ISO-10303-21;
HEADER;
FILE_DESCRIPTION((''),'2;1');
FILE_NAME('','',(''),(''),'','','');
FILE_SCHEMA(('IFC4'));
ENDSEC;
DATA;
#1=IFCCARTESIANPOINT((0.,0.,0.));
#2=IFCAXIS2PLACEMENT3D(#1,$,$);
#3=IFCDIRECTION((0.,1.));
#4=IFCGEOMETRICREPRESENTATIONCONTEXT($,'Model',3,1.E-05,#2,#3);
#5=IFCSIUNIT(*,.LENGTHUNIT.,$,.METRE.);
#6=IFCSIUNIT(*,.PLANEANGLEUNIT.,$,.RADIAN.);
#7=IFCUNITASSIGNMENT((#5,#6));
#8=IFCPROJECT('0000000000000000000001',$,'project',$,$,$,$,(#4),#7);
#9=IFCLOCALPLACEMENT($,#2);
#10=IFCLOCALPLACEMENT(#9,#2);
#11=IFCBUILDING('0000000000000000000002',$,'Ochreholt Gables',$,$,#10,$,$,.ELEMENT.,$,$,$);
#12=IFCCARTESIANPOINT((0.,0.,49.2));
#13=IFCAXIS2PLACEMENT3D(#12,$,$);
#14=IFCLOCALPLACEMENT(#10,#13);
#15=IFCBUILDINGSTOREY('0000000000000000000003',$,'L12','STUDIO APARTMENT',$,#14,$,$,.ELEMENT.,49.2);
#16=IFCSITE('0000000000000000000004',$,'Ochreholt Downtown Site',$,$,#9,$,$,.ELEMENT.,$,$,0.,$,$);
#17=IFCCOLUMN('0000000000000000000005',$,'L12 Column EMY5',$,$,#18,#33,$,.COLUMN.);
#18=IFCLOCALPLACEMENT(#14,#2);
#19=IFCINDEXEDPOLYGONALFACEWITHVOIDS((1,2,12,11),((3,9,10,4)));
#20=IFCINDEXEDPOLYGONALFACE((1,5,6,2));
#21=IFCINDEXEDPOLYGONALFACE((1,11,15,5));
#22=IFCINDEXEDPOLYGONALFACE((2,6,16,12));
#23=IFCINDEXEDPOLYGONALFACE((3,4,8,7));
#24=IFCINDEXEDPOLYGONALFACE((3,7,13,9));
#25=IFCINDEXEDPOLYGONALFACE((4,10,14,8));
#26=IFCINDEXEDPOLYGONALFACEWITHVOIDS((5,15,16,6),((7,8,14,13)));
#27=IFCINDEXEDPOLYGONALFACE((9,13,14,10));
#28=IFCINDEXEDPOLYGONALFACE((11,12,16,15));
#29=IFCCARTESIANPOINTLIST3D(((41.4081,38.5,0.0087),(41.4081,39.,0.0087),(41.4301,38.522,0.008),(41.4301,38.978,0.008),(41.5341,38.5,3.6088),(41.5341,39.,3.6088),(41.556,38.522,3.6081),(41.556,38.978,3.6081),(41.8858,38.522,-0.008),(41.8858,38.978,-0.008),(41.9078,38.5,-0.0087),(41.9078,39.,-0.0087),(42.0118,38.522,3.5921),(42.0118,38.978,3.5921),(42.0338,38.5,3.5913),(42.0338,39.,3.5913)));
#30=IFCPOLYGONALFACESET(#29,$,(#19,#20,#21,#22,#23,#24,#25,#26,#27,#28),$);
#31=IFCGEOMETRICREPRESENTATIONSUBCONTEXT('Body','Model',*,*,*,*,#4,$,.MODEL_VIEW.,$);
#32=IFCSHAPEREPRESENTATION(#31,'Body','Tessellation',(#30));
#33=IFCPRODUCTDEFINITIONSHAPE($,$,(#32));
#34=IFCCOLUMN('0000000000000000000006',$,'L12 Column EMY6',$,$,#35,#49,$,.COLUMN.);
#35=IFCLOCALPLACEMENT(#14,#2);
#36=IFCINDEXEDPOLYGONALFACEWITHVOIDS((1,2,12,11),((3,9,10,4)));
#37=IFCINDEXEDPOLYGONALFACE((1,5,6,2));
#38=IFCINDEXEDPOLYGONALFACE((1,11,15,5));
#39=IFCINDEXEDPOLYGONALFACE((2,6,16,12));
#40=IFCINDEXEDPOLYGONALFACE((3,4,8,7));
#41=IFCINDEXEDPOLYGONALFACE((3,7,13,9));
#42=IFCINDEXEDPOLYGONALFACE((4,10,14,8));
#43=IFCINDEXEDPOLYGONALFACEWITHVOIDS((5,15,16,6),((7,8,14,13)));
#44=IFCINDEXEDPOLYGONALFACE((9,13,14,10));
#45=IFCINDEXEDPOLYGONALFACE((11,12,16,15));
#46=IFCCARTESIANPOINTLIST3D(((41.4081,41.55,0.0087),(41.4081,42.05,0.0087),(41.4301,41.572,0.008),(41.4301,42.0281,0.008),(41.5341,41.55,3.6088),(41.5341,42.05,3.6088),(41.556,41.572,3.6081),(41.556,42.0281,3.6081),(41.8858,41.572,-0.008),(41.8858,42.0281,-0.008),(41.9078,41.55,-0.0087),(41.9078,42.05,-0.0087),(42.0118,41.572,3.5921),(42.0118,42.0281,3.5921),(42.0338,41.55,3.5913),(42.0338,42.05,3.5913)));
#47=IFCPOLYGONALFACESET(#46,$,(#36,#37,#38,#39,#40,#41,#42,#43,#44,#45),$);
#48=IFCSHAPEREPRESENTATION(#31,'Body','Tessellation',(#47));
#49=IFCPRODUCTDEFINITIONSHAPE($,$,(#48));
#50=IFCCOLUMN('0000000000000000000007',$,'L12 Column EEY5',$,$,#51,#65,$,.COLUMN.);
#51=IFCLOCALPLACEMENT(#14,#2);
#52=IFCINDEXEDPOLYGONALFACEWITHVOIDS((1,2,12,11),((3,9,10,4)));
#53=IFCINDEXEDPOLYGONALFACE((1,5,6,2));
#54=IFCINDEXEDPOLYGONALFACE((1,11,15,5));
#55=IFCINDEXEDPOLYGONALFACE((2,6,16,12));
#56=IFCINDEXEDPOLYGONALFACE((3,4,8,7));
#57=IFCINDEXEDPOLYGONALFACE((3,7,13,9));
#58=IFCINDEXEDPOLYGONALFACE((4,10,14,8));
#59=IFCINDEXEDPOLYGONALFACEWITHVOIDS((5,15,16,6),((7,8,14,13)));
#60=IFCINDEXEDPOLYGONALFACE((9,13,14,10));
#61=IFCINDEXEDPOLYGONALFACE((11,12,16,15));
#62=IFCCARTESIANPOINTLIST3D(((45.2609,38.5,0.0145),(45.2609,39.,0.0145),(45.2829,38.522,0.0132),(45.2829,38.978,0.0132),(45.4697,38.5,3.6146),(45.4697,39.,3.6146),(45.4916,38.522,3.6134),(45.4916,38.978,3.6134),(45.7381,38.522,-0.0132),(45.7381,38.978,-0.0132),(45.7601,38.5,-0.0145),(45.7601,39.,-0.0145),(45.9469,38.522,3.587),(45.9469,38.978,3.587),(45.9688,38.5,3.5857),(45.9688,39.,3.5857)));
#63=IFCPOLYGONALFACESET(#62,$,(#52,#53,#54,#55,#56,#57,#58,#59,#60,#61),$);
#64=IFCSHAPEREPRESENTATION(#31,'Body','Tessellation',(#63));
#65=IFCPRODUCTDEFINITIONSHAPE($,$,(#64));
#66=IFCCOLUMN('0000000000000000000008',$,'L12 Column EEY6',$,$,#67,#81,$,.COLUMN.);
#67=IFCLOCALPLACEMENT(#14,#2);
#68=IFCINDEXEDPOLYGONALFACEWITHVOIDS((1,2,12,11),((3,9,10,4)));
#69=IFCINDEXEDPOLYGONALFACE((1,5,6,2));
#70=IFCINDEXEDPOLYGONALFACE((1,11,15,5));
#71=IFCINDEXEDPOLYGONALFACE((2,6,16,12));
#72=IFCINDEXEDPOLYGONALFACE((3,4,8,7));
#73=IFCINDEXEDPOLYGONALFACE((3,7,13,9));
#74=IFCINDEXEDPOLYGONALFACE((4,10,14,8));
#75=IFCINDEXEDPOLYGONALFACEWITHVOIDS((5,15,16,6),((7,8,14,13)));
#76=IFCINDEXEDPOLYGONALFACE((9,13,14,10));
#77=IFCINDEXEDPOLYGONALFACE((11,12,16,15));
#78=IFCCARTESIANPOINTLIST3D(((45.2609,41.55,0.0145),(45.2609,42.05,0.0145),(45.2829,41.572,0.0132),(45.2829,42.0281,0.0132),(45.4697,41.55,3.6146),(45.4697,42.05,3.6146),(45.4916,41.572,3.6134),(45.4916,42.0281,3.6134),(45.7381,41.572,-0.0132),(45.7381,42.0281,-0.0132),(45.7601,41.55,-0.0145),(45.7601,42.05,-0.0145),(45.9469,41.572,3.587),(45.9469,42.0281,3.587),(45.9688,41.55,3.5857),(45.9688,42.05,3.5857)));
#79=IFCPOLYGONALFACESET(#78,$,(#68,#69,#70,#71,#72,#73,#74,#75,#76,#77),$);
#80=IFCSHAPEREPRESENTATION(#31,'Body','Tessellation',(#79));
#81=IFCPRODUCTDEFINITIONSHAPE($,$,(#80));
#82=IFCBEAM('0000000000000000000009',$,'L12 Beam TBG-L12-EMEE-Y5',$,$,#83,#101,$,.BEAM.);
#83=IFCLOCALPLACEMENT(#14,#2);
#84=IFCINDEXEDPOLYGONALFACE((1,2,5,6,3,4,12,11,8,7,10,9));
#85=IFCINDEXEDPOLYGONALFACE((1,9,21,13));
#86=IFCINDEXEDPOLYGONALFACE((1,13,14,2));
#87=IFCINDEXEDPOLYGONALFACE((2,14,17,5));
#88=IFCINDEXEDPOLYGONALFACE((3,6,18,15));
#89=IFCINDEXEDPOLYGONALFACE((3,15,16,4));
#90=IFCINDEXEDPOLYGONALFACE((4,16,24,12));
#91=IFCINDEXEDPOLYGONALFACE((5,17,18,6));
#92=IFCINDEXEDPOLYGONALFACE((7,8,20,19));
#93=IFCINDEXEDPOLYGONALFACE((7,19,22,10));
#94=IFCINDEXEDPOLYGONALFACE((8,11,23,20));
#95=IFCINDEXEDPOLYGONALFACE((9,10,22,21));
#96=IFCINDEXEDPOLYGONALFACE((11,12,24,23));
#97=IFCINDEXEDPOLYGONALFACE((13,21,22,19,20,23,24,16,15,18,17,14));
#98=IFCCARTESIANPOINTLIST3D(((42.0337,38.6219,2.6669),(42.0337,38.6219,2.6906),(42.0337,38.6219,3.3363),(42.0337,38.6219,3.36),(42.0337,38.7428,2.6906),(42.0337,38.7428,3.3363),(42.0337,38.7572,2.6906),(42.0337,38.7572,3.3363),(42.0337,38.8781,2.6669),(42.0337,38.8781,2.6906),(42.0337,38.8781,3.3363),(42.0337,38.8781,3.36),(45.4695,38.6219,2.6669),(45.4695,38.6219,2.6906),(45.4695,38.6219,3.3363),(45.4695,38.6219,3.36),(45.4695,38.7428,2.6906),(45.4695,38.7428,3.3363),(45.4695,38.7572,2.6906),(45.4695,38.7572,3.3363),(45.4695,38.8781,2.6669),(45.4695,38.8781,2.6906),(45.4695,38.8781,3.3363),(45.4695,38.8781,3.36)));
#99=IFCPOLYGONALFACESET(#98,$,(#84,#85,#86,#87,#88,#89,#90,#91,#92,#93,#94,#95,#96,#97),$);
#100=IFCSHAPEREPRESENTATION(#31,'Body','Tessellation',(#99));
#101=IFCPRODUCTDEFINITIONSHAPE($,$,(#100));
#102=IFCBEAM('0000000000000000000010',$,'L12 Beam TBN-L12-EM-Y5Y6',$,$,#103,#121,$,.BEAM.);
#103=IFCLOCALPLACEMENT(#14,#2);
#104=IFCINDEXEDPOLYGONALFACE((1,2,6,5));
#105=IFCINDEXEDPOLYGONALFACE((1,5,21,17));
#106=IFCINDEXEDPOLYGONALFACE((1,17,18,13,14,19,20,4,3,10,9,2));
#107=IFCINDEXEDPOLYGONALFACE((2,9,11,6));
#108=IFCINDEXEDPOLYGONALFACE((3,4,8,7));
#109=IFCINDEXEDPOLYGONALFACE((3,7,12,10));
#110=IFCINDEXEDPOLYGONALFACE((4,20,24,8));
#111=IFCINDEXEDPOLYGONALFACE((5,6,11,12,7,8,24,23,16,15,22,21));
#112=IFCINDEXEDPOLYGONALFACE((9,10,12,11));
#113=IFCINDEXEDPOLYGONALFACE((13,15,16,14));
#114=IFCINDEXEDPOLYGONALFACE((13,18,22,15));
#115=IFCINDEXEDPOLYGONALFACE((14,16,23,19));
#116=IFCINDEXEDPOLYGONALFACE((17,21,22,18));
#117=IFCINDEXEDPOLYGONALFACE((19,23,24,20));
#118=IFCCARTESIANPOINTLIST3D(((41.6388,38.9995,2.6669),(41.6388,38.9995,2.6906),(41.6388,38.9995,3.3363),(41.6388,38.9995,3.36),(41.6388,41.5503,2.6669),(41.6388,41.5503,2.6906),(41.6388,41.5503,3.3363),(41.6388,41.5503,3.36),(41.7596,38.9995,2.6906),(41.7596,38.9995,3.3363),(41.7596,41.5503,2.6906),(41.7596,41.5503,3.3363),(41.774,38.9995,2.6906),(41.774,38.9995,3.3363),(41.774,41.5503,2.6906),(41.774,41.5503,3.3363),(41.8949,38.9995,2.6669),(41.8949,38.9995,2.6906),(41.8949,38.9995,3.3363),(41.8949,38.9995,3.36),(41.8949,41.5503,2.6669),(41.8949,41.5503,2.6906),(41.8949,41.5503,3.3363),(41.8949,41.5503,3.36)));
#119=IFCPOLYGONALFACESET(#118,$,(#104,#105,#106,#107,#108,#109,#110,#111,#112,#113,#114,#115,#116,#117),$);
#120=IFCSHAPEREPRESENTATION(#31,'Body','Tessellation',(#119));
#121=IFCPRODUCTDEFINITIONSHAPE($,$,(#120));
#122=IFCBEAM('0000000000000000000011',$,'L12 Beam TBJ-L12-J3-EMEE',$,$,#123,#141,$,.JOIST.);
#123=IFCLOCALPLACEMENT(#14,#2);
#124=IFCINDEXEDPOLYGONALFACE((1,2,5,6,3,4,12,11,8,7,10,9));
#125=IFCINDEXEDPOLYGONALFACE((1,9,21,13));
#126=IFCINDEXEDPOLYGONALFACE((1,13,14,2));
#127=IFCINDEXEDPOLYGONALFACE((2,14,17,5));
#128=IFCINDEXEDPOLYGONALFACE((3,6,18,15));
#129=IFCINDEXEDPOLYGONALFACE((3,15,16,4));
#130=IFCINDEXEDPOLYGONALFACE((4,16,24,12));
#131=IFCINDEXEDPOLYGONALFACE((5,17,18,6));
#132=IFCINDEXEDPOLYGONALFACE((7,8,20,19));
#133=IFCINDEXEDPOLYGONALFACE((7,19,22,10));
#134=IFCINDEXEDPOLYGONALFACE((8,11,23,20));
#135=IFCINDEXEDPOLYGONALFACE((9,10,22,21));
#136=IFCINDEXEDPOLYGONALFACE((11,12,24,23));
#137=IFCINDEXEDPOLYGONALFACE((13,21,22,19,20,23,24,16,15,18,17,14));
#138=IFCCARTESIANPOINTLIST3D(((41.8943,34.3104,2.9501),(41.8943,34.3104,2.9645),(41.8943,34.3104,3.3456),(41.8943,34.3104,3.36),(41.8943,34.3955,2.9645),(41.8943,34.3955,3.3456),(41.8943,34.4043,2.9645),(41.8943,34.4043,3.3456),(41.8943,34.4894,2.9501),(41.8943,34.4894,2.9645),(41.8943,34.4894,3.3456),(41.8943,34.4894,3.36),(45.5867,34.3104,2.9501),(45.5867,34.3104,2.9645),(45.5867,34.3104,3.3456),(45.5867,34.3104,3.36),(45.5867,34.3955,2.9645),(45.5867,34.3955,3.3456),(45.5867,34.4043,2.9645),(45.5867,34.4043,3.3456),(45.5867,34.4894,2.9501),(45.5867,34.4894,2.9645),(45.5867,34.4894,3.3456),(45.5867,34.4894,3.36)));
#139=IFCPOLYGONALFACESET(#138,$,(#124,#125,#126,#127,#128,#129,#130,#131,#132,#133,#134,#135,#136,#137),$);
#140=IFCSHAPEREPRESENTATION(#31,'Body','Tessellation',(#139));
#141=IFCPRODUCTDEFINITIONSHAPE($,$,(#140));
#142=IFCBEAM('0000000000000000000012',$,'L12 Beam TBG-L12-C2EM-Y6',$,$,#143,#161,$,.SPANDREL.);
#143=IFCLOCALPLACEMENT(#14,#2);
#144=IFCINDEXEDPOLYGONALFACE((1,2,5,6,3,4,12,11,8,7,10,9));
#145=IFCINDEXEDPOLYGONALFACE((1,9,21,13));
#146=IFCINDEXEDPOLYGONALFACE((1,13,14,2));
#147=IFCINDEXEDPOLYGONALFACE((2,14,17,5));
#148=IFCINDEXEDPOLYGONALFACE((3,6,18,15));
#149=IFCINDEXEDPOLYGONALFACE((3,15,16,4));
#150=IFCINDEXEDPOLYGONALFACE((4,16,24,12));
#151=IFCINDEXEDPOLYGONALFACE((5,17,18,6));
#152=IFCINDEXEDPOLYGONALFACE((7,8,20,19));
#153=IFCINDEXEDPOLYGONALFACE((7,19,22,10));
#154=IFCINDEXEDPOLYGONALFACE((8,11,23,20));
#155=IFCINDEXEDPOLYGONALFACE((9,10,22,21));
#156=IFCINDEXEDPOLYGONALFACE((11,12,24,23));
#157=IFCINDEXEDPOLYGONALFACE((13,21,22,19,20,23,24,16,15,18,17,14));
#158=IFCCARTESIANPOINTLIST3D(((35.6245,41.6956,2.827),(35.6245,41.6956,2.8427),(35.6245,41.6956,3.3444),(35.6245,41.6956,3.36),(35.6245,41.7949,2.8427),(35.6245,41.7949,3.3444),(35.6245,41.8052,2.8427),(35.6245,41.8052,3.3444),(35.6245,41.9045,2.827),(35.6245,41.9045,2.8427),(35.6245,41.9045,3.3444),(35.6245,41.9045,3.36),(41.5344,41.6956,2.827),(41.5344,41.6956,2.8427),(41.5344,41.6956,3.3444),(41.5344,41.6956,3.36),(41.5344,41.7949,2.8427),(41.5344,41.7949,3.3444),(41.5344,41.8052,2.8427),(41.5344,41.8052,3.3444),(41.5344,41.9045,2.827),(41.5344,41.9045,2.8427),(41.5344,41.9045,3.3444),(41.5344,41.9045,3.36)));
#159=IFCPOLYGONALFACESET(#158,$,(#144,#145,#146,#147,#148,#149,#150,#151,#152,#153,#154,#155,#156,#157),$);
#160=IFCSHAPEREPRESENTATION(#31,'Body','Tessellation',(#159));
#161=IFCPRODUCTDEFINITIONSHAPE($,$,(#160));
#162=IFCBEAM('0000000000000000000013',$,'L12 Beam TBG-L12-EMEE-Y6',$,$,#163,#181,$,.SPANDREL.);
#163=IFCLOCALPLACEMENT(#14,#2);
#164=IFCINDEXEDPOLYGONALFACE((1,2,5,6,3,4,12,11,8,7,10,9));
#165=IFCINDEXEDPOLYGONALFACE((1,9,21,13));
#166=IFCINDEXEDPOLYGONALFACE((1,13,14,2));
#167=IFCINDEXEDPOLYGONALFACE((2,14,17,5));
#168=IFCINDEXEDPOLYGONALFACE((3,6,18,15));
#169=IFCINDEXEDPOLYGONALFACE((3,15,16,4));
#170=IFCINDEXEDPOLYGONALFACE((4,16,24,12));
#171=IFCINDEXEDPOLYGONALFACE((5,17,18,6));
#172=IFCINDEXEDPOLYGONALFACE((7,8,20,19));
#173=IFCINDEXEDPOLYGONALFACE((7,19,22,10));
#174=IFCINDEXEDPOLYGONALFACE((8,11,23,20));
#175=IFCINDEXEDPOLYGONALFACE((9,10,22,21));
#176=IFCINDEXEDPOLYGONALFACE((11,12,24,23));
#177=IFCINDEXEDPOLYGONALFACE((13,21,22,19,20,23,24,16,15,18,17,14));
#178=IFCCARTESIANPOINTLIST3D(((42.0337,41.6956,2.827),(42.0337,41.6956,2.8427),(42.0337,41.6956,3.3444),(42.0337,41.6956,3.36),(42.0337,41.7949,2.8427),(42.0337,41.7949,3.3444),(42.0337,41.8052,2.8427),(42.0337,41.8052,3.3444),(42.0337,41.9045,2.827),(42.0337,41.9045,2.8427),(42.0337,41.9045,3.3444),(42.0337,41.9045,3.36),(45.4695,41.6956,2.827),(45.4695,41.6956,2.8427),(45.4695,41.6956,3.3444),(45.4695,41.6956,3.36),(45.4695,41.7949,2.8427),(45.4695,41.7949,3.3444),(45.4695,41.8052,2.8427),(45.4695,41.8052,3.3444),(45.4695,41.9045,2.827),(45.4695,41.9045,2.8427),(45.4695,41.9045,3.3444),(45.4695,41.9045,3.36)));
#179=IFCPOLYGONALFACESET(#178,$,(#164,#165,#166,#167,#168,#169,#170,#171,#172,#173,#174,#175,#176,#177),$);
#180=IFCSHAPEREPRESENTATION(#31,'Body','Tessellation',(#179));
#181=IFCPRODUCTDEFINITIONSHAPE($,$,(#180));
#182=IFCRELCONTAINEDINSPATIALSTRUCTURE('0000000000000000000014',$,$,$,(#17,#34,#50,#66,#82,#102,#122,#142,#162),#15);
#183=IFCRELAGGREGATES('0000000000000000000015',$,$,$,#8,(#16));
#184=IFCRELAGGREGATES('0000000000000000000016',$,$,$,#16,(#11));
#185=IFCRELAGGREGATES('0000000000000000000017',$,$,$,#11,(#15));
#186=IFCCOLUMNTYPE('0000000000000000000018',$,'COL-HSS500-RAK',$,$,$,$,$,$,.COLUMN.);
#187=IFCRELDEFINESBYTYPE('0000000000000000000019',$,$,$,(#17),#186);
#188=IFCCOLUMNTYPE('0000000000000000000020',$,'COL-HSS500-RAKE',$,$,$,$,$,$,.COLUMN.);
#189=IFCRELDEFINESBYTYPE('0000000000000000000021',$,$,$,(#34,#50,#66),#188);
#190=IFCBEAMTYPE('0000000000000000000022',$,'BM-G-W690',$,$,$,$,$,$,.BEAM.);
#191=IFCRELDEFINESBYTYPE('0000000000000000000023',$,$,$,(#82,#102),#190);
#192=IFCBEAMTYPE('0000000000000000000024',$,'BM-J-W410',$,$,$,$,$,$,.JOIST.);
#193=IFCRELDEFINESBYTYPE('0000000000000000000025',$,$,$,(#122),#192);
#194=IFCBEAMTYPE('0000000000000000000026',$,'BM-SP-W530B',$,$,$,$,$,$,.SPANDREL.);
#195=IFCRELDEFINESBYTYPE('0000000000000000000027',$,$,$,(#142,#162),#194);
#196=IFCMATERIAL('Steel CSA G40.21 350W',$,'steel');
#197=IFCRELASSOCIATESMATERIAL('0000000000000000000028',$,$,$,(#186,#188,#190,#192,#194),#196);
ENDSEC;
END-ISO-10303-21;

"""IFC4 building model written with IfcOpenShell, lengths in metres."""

from ifc_helpers import new_model, si_unit, direction, frame, origin, origin_2d, place, context, subcontext, project, spatial, hollow_rectangle, i_section, extrude, material, material_profile, profile_set, type_object, element, save


model = new_model("IFC4")

# Units and contexts
model_context = context("Model", 3, precision=1e-05, world=origin(), true_north=direction((0.0, 1.0)))
body_context = subcontext(model_context, "Body", "Model", "MODEL_VIEW")
ifc_project = project(units=[si_unit("LENGTHUNIT", "METRE"), si_unit("PLANEANGLEUNIT", "RADIAN")], contexts=[model_context])

# Site, building, storey
site_placement = place(None, origin())
site = spatial("IfcSite", under=ifc_project, at=site_placement, Name="Ochreholt Downtown Site", CompositionType="ELEMENT", RefElevation=0.0)
building_placement = place(site_placement, origin())
building = spatial("IfcBuilding", under=site, at=building_placement, Name="Ochreholt Gables", CompositionType="ELEMENT")
storey_placement = place(building_placement, frame((0.0, 0.0, 49.2)))
storey = spatial("IfcBuildingStorey", under=building, at=storey_placement, Name="L12", Description="STUDIO APARTMENT", CompositionType="ELEMENT", Elevation=49.2)

# Columns
ifc_material_1 = material(Name="Steel CSA G40.21 350W", Category="steel")
ifc_material_profile_1 = material_profile(ifc_material_1, hollow_rectangle(XDim=0.5, YDim=0.5, WallThickness=0.022, at=origin_2d()), Name="HSS500X500X22")
ifc_profile_set_1 = profile_set([ifc_material_profile_1], Name="Steel CSA G40.21 350W")
column_type_1 = type_object("IfcColumnType", Name="COL-HSS500-RAK", PredefinedType="COLUMN", material=ifc_profile_set_1)
column_1_placement = place(storey_placement, frame((41.658, 38.75, 0.0), z_axis=(0.034971, 0.0, 0.999388), x_axis=(0.0, 1.0, 0.0)))
element("IfcColumn", 1, at=column_1_placement, inside=storey, type_object=column_type_1, Name="L12 Column EMY5", PredefinedType="COLUMN", context=body_context, shape_type="SweptSolid", body=[
    extrude(hollow_rectangle(XDim=0.5, YDim=0.5, WallThickness=0.022, at=origin_2d()), origin(), (0.0, 0.0, 1.0), 3.6023),
])
ifc_material_profile_2 = material_profile(ifc_material_1, hollow_rectangle(XDim=0.5, YDim=0.5, WallThickness=0.022, at=origin_2d()), Name="HSS500X500X22")
ifc_profile_set_2 = profile_set([ifc_material_profile_2], Name="Steel CSA G40.21 350W")
column_type_2 = type_object("IfcColumnType", Name="COL-HSS500-RAKE", PredefinedType="COLUMN", material=ifc_profile_set_2)
column_2_placement = place(storey_placement, frame((41.658, 41.8, 0.0), z_axis=(0.034971, 0.0, 0.999388), x_axis=(0.0, 1.0, 0.0)))
element("IfcColumn", 2, at=column_2_placement, inside=storey, type_object=column_type_2, Name="L12 Column EMY6", PredefinedType="COLUMN", context=body_context, shape_type="SweptSolid", body=[
    extrude(hollow_rectangle(XDim=0.5, YDim=0.5, WallThickness=0.022, at=origin_2d()), origin(), (0.0, 0.0, 1.0), 3.6023),
])
for number, where, z_axis, x_axis, name in (
    (3, (45.5105, 38.75, 0.0), (0.057885, 0.0, 0.998323), (0.0, 1.0, 0.0), "L12 Column EEY5"),
    (4, (45.5105, 41.8, 0.0), (0.057885, 0.0, 0.998323), (0.0, 1.0, 0.0), "L12 Column EEY6"),
):
    element("IfcColumn", number, at=place(storey_placement, frame(where, z_axis=z_axis, x_axis=x_axis)), inside=storey, type_object=column_type_2, Name=name, PredefinedType="COLUMN", context=body_context, shape_type="SweptSolid", body=[
        extrude(hollow_rectangle(XDim=0.5, YDim=0.5, WallThickness=0.022, at=origin_2d()), origin(), (0.0, 0.0, 1.0), 3.6062),
    ])

# Beams
ifc_material_profile_3 = material_profile(ifc_material_1, i_section(OverallWidth=0.2561, OverallDepth=0.6931, WebThickness=0.0144, FlangeThickness=0.0237, at=origin_2d()), Name="W690X170")
ifc_profile_set_3 = profile_set([ifc_material_profile_3], Name="Steel CSA G40.21 350W")
beam_type_1 = type_object("IfcBeamType", Name="BM-G-W690", PredefinedType="BEAM", material=ifc_profile_set_3)
beam_1_placement = place(storey_placement, frame((42.0337, 38.75, 3.0134), z_axis=(1.0, 0.0, 0.0), x_axis=(0.0, 1.0, 0.0)))
element("IfcBeam", 5, at=beam_1_placement, inside=storey, type_object=beam_type_1, Name="L12 Beam TBG-L12-EMEE-Y5", PredefinedType="BEAM", context=body_context, shape_type="SweptSolid", body=[
    extrude(i_section(OverallWidth=0.2561, OverallDepth=0.6931, WebThickness=0.0144, FlangeThickness=0.0237, at=origin_2d()), origin(), (0.0, 0.0, 1.0), 3.4358),
])
beam_2_placement = place(storey_placement, frame((41.7668, 38.9995, 3.0134), z_axis=(0.0, 1.0, 0.0), x_axis=(-1.0, 0.0, 0.0)))
element("IfcBeam", 6, at=beam_2_placement, inside=storey, type_object=beam_type_1, Name="L12 Beam TBN-L12-EM-Y5Y6", PredefinedType="BEAM", context=body_context, shape_type="SweptSolid", body=[
    extrude(i_section(OverallWidth=0.2561, OverallDepth=0.6931, WebThickness=0.0144, FlangeThickness=0.0237, at=origin_2d()), origin(), (0.0, 0.0, 1.0), 2.5508),
])
ifc_material_profile_4 = material_profile(ifc_material_1, i_section(OverallWidth=0.179, OverallDepth=0.4099, WebThickness=0.0088, FlangeThickness=0.0144, at=origin_2d()), Name="W410X67")
ifc_profile_set_4 = profile_set([ifc_material_profile_4], Name="Steel CSA G40.21 350W")
beam_type_2 = type_object("IfcBeamType", Name="BM-J-W410", PredefinedType="JOIST", material=ifc_profile_set_4)
beam_3_placement = place(storey_placement, frame((41.8943, 34.3999, 3.155), z_axis=(1.0, 0.0, 0.0), x_axis=(0.0, 1.0, 0.0)))
element("IfcBeam", 7, at=beam_3_placement, inside=storey, type_object=beam_type_2, Name="L12 Beam TBJ-L12-J3-EMEE", PredefinedType="JOIST", context=body_context, shape_type="SweptSolid", body=[
    extrude(i_section(OverallWidth=0.179, OverallDepth=0.4099, WebThickness=0.0088, FlangeThickness=0.0144, at=origin_2d()), origin(), (0.0, 0.0, 1.0), 3.6924),
])
ifc_material_profile_5 = material_profile(ifc_material_1, i_section(OverallWidth=0.209, OverallDepth=0.533, WebThickness=0.0103, FlangeThickness=0.0156, at=origin_2d()), Name="W530X92")
ifc_profile_set_5 = profile_set([ifc_material_profile_5], Name="Steel CSA G40.21 350W")
beam_type_3 = type_object("IfcBeamType", Name="BM-SP-W530B", PredefinedType="SPANDREL", material=ifc_profile_set_5)
beam_4_placement = place(storey_placement, frame((35.6245, 41.8, 3.0935), z_axis=(1.0, 0.0, 0.0), x_axis=(0.0, 1.0, 0.0)))
element("IfcBeam", 8, at=beam_4_placement, inside=storey, type_object=beam_type_3, Name="L12 Beam TBG-L12-C2EM-Y6", PredefinedType="SPANDREL", context=body_context, shape_type="SweptSolid", body=[
    extrude(i_section(OverallWidth=0.209, OverallDepth=0.533, WebThickness=0.0103, FlangeThickness=0.0156, at=origin_2d()), origin(), (0.0, 0.0, 1.0), 5.9099),
])
beam_5_placement = place(storey_placement, frame((42.0337, 41.8, 3.0935), z_axis=(1.0, 0.0, 0.0), x_axis=(0.0, 1.0, 0.0)))
element("IfcBeam", 9, at=beam_5_placement, inside=storey, type_object=beam_type_3, Name="L12 Beam TBG-L12-EMEE-Y6", PredefinedType="SPANDREL", context=body_context, shape_type="SweptSolid", body=[
    extrude(i_section(OverallWidth=0.209, OverallDepth=0.533, WebThickness=0.0103, FlangeThickness=0.0156, at=origin_2d()), origin(), (0.0, 0.0, 1.0), 3.4358),
])

save(model, "model.ifc")
